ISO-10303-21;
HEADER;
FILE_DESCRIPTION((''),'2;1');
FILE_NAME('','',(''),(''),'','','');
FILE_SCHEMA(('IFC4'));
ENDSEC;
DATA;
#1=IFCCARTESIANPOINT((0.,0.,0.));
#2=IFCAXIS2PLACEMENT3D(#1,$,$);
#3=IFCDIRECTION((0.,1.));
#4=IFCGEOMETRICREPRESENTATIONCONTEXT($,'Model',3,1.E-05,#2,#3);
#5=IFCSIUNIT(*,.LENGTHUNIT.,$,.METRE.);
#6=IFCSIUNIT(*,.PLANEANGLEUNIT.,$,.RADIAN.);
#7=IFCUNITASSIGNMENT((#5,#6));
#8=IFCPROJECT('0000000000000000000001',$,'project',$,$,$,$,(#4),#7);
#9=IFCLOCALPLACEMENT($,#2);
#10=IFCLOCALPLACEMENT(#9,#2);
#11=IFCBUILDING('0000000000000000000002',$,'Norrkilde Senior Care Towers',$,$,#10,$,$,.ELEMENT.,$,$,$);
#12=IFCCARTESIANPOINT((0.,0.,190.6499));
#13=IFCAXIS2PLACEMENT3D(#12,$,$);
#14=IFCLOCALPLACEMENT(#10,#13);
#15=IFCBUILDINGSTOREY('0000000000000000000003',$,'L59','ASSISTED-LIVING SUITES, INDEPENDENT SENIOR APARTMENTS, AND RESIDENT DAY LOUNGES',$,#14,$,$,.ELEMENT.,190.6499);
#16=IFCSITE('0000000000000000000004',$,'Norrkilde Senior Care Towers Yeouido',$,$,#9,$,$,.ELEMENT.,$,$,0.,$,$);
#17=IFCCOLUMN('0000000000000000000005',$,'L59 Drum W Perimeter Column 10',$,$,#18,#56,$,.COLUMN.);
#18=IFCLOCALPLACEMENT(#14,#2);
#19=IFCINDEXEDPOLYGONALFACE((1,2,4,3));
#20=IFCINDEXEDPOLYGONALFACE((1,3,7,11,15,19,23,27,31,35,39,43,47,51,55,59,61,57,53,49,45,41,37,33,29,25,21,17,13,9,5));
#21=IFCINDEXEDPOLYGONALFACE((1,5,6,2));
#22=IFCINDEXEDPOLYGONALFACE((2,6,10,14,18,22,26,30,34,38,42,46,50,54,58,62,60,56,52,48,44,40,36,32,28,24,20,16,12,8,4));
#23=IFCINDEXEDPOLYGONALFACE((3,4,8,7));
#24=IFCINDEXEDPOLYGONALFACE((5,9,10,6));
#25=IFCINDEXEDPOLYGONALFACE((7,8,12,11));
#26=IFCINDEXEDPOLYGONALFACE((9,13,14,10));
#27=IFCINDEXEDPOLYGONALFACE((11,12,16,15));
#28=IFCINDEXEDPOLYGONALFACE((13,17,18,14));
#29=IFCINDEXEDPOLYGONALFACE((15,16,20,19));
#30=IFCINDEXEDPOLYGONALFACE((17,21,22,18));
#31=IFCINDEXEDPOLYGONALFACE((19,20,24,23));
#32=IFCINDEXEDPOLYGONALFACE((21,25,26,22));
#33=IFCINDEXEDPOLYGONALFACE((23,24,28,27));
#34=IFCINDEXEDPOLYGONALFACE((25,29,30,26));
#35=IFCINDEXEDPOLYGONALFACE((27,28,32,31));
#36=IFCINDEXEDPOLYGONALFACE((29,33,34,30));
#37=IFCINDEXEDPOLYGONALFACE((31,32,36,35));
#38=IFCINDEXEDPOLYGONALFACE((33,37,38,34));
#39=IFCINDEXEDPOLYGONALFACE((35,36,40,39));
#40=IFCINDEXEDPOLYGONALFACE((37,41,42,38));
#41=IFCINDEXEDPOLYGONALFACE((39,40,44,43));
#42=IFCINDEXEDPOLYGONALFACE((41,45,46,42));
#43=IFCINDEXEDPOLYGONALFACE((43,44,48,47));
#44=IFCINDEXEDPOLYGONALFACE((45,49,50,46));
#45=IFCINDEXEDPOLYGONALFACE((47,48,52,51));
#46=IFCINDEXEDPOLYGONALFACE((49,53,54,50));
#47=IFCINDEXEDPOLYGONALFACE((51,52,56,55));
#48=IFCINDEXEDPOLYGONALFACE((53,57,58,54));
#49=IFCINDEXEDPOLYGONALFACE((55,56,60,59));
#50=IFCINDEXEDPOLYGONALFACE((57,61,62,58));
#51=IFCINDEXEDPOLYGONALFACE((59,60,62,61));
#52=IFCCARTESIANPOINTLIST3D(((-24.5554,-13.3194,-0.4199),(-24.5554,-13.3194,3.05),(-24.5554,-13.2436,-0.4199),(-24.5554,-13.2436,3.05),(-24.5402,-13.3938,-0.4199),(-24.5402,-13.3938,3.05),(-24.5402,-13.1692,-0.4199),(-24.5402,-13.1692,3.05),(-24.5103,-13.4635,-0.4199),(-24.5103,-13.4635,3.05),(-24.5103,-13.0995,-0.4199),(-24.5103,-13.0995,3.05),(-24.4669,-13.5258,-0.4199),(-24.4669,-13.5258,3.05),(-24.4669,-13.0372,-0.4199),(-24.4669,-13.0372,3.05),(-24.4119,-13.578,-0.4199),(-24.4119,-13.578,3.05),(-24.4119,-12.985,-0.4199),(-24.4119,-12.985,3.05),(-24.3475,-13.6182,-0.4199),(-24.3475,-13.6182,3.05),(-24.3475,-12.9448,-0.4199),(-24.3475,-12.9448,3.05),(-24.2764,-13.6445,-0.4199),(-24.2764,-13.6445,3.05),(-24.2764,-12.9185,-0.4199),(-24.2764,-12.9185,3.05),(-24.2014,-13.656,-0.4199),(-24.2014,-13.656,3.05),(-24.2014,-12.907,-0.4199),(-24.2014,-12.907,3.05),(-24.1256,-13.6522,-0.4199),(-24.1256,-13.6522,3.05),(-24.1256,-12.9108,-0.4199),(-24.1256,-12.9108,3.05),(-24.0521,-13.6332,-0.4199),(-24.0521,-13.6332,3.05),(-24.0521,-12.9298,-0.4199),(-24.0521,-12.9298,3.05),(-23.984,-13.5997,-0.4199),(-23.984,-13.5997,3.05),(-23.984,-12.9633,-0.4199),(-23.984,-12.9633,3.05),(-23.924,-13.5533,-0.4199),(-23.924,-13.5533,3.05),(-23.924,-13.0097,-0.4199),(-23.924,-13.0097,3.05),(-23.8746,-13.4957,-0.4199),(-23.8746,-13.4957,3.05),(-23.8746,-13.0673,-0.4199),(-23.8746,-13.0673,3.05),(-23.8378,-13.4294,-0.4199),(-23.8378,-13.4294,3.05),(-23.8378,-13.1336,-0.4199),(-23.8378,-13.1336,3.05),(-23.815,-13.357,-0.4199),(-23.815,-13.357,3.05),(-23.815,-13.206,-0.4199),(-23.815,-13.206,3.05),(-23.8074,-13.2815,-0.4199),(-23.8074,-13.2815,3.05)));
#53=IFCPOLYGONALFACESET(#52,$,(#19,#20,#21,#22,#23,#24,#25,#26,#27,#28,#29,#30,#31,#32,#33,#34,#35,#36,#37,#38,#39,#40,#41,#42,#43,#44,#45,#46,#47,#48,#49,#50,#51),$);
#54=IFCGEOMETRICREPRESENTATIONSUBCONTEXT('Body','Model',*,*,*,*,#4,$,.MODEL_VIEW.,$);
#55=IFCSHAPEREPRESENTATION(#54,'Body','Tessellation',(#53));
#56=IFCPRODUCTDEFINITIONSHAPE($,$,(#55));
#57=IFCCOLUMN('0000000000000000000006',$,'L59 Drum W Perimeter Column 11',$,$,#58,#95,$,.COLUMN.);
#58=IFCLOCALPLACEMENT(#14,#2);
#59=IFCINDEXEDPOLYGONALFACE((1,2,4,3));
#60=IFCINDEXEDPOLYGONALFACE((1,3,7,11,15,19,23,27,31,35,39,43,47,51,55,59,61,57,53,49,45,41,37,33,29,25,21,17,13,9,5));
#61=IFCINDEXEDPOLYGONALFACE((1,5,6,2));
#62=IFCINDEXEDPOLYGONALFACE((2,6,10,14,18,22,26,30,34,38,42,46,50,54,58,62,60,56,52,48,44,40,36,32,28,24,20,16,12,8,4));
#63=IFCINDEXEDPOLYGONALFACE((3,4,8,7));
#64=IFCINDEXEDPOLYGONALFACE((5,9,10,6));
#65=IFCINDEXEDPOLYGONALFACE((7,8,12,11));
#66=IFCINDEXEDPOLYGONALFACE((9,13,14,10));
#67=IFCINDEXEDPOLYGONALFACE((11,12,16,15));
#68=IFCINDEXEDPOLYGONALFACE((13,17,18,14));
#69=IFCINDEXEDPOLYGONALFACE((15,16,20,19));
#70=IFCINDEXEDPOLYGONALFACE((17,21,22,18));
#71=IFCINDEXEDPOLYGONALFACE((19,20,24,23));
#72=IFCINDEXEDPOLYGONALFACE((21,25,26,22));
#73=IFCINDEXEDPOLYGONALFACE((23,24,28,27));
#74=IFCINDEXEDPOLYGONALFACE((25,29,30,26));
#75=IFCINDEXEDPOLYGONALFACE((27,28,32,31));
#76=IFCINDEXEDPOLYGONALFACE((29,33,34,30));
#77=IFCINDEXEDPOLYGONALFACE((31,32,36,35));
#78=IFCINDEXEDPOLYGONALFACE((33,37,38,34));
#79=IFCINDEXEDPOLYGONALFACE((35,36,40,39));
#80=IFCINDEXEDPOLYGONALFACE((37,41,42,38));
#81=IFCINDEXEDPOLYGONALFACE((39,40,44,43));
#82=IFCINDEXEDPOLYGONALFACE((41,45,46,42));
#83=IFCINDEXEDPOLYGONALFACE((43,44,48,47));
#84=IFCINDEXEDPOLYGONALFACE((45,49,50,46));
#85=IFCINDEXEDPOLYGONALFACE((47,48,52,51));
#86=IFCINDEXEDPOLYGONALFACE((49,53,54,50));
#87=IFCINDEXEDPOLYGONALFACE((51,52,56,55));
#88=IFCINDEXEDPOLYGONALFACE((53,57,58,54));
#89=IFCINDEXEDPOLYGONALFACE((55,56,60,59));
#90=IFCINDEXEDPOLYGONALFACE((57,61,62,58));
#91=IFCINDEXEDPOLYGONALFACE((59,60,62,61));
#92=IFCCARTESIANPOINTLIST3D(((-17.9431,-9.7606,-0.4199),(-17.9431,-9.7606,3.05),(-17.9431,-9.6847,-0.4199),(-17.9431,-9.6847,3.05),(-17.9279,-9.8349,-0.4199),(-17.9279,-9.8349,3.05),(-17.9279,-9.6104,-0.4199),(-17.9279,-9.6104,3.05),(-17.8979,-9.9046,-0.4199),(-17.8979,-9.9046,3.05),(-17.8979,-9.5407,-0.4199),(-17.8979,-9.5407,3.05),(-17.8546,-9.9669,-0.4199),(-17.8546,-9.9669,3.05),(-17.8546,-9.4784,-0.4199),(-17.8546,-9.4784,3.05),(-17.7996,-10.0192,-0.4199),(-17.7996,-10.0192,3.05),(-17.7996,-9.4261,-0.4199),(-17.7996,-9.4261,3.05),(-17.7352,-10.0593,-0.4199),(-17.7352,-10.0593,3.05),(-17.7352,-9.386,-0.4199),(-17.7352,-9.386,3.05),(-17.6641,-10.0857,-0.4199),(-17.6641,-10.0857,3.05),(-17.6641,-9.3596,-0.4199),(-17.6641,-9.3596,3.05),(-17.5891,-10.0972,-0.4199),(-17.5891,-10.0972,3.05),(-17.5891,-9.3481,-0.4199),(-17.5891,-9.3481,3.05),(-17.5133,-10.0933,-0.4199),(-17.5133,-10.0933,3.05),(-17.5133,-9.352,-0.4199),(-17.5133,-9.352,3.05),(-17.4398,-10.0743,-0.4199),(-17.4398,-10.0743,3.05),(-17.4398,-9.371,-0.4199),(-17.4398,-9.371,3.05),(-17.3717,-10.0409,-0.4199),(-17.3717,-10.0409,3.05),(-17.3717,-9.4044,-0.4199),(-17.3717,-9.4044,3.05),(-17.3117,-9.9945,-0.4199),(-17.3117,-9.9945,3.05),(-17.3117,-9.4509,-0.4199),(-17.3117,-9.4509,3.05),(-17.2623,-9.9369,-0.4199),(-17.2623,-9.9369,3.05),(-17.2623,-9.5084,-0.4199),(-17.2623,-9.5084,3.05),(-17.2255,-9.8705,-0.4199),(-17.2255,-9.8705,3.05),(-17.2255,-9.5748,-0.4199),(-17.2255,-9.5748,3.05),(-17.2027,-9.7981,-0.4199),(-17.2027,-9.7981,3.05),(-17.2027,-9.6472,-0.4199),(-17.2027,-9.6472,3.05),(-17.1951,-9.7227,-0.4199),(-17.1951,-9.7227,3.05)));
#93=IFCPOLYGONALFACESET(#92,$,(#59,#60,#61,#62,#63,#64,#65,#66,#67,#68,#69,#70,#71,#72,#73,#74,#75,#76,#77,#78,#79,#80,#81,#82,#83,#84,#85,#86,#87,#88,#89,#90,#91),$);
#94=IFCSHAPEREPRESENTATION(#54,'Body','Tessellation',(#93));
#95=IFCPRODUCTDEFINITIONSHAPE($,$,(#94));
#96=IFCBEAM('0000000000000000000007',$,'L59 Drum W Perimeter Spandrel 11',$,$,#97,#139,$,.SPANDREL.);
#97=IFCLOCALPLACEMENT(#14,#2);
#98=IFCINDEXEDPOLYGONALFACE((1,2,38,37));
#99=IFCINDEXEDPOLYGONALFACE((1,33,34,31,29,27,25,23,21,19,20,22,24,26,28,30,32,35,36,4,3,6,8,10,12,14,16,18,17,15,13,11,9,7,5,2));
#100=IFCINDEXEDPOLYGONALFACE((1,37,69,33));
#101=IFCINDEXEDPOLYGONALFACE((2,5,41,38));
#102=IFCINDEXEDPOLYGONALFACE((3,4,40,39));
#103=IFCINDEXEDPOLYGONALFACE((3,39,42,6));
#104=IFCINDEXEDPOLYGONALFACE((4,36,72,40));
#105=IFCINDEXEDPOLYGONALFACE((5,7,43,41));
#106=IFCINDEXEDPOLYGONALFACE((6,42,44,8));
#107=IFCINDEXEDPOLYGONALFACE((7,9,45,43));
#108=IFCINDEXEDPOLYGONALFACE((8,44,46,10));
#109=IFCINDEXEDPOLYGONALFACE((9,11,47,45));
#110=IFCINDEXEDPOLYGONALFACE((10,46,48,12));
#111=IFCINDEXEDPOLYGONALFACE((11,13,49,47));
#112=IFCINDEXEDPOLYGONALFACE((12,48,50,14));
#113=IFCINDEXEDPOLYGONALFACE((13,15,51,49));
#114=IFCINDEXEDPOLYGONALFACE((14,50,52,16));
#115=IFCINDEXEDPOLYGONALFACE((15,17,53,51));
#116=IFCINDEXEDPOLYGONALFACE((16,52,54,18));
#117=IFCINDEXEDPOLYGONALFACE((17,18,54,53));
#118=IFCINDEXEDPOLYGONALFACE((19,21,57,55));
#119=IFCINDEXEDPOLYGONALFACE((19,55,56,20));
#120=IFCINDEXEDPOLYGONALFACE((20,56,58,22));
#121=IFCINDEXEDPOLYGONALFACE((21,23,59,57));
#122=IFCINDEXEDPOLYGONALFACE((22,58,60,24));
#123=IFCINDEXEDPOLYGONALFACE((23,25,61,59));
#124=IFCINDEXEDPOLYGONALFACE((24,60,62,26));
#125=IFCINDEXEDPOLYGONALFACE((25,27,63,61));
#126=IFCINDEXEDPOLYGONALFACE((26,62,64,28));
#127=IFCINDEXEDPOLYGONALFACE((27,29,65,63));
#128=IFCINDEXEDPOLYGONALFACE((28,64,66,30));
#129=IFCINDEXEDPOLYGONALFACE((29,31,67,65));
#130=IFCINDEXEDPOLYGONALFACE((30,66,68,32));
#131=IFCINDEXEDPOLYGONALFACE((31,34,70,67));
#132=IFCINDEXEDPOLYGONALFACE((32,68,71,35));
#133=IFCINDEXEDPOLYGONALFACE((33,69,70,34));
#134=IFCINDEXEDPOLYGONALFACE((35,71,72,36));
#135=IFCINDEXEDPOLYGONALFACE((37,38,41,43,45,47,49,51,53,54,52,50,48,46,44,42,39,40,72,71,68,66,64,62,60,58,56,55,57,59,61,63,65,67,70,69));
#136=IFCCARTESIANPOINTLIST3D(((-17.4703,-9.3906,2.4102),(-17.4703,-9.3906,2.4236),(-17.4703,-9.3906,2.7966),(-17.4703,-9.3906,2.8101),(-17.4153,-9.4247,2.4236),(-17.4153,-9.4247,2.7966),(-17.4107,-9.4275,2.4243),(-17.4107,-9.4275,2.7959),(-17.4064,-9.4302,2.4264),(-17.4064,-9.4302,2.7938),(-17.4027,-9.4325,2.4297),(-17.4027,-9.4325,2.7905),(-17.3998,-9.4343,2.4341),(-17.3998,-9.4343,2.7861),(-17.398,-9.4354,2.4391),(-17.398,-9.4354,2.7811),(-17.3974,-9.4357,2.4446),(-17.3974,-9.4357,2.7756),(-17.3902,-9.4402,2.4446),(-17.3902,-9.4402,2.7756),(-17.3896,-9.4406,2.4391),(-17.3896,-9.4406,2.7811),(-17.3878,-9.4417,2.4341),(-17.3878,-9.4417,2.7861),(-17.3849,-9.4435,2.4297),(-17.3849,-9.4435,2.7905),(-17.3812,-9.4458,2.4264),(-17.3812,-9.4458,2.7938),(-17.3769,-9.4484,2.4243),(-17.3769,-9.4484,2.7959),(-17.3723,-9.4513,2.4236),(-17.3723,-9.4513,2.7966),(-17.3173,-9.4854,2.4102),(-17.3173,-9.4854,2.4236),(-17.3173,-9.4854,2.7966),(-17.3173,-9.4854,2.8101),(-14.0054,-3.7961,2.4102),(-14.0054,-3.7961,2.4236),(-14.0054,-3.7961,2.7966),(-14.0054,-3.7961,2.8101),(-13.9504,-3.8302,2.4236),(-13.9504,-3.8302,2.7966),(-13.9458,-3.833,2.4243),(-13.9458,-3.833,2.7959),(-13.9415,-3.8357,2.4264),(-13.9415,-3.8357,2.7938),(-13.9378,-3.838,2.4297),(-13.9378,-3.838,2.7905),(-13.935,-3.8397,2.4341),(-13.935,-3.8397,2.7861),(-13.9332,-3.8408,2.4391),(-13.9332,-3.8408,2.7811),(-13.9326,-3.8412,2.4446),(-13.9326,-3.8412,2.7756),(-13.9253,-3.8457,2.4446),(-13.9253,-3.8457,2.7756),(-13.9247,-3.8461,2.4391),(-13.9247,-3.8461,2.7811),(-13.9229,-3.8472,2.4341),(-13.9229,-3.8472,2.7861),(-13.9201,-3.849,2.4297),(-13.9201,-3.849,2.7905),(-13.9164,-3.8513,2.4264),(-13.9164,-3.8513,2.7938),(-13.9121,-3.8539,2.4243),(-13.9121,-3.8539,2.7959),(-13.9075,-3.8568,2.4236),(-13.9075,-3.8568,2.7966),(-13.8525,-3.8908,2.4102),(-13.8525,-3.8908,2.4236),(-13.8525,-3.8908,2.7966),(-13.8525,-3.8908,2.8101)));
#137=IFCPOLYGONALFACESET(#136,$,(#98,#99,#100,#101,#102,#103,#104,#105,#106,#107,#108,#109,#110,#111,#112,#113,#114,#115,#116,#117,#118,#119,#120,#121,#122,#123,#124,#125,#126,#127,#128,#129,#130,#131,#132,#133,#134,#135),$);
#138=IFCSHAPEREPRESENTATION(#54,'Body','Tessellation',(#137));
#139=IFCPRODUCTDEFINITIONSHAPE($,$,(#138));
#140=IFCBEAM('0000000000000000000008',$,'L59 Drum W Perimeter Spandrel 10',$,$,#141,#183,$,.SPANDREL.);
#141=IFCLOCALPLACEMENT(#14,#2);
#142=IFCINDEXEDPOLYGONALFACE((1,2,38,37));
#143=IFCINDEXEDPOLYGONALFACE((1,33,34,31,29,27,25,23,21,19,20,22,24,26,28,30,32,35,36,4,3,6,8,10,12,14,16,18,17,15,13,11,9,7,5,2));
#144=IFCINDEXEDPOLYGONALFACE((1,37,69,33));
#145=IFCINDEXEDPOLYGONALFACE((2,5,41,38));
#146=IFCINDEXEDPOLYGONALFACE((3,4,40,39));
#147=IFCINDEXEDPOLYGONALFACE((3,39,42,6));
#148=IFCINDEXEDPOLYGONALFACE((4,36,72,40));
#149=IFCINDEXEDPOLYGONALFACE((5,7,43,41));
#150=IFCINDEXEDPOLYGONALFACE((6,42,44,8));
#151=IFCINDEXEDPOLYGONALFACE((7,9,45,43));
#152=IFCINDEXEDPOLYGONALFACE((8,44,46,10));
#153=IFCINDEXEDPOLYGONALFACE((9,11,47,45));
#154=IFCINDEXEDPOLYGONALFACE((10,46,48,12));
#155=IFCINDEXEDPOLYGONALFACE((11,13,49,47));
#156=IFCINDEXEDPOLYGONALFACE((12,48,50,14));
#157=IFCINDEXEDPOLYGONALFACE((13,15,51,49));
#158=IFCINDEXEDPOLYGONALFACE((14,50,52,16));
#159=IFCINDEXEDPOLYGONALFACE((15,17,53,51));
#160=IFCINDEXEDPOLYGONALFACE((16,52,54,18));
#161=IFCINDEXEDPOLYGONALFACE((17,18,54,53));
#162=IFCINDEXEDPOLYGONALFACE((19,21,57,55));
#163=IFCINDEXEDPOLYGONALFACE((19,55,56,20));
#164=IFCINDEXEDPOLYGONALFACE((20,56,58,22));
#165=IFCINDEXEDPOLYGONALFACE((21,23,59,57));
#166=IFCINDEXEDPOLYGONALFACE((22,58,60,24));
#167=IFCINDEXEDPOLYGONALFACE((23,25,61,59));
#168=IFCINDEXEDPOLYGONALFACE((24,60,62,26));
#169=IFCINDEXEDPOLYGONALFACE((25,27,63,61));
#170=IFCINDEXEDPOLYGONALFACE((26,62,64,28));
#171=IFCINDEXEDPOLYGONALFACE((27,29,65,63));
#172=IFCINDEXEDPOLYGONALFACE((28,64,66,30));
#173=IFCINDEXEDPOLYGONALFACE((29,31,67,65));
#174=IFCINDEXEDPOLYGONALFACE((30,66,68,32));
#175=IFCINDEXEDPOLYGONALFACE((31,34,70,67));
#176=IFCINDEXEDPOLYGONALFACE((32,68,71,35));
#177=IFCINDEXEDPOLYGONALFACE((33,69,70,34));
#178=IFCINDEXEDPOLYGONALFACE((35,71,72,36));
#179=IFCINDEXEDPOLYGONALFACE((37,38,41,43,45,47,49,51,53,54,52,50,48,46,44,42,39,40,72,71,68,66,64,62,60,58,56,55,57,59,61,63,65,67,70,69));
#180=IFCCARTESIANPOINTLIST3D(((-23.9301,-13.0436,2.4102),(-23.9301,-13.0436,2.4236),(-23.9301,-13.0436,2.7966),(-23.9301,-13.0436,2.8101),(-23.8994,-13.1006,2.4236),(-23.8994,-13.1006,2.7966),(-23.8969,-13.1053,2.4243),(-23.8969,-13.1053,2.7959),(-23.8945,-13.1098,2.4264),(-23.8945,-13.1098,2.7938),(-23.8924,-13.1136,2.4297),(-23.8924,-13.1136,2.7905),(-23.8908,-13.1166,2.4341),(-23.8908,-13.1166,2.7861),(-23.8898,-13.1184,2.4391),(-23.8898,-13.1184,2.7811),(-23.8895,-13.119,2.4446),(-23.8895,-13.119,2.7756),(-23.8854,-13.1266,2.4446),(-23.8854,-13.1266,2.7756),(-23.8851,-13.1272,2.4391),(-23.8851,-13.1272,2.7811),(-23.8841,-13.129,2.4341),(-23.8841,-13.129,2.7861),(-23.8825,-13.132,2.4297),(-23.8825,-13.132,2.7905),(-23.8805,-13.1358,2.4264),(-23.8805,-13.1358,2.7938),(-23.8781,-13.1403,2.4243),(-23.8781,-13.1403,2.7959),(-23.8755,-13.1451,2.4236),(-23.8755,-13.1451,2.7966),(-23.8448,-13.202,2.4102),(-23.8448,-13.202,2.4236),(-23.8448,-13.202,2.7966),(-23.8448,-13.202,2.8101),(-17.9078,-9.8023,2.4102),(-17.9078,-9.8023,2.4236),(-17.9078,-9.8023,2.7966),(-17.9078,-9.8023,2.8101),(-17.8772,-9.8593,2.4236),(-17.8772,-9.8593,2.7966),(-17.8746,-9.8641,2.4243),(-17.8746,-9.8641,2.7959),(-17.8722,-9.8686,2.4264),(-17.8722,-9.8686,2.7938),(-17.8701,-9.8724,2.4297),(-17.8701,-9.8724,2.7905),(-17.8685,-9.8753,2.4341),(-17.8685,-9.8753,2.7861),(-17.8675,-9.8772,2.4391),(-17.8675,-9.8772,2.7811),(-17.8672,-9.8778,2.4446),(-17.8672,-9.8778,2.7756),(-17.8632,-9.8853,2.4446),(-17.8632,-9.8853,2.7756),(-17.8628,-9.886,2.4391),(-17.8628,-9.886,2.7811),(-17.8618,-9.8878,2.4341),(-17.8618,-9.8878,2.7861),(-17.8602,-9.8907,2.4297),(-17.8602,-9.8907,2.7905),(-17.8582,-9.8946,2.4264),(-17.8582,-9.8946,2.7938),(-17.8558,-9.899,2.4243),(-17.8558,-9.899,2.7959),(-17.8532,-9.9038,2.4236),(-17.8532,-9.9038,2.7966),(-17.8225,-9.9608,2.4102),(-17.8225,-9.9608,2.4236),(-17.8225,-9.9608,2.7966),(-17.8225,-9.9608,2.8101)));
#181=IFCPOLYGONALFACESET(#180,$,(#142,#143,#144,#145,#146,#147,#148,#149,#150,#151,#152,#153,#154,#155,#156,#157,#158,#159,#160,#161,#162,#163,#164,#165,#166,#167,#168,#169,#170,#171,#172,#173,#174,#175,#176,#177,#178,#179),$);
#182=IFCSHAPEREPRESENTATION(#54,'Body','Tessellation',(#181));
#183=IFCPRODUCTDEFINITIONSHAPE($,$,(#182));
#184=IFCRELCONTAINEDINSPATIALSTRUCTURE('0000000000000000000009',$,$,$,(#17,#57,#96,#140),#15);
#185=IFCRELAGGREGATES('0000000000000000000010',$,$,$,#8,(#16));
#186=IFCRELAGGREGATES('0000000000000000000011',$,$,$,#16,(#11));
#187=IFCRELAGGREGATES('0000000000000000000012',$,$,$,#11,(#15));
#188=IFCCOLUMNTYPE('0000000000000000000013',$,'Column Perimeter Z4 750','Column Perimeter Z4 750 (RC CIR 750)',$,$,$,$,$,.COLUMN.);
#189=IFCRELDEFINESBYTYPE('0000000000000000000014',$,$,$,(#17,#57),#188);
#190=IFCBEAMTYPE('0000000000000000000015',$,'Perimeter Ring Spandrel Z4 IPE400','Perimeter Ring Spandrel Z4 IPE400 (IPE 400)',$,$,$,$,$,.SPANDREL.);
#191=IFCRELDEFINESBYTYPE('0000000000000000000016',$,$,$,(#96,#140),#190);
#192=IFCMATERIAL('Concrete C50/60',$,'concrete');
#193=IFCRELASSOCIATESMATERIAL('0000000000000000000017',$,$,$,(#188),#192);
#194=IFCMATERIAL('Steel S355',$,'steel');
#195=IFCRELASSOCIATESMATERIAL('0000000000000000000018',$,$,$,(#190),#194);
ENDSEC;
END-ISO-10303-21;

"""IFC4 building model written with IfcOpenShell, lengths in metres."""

from ifc_helpers import new_model, si_unit, direction, frame, origin, origin_2d, place, context, subcontext, project, spatial, circle, i_section, extrude, source, transform, mapped, material, material_profile, profile_set, type_object, type_shapes, element, save


model = new_model("IFC4")

# Units and contexts
model_context = context("Model", 3, precision=1e-05, world=origin(), true_north=direction((0.0, 1.0)))
body_context = subcontext(model_context, "Body", "Model", "MODEL_VIEW")
ifc_project = project(units=[si_unit("LENGTHUNIT", "METRE"), si_unit("PLANEANGLEUNIT", "RADIAN")], contexts=[model_context])

# Site, building, storey
site_placement = place(None, origin())
site = spatial("IfcSite", under=ifc_project, at=site_placement, Name="Norrkilde Senior Care Towers Yeouido", CompositionType="ELEMENT", RefElevation=0.0)
building_placement = place(site_placement, origin())
building = spatial("IfcBuilding", under=site, at=building_placement, Name="Norrkilde Senior Care Towers", CompositionType="ELEMENT")
storey_placement = place(building_placement, frame((0.0, 0.0, 190.6499)))
storey = spatial("IfcBuildingStorey", under=building, at=storey_placement, Name="L59", Description="ASSISTED-LIVING SUITES, INDEPENDENT SENIOR APARTMENTS, AND RESIDENT DAY LOUNGES", CompositionType="ELEMENT", Elevation=190.6499)

# Columns
ifc_material_1 = material(Name="Concrete C50/60", Category="concrete")
ifc_material_profile_1 = material_profile(ifc_material_1, circle(Radius=0.375, at=origin_2d()), Name="RC CIR 750")
ifc_profile_set_1 = profile_set([ifc_material_profile_1], Name="Concrete C50/60")
column_type = type_object("IfcColumnType", Name="Column Perimeter Z4 750", Description="Column Perimeter Z4 750 (RC CIR 750)", PredefinedType="COLUMN", material=ifc_profile_set_1)
shared_shape_1 = source(origin(), body_context, "Body", "SweptSolid", [
    extrude(circle(Radius=0.375, at=origin_2d()), origin(), (0.0, 0.0, 1.0), 3.47),
])
type_shapes(column_type, [shared_shape_1])
for number, where, z_axis, x_axis, name in (
    (1, (-24.1824, -13.2815, -0.4199), (0.0, 0.0, 1.0), (1.0, 0.0, 0.0), "L59 Drum W Perimeter Column 10"),
    (2, (-17.5701, -9.7227, -0.4199), (0.0, 0.0, 1.0), (1.0, 0.0, 0.0), "L59 Drum W Perimeter Column 11"),
):
    element("IfcColumn", number, at=place(storey_placement, frame(where, z_axis=z_axis, x_axis=x_axis)), inside=storey, type_object=column_type, Name=name, PredefinedType="COLUMN", context=body_context, shape_type="MappedRepresentation", body=[
        mapped(shared_shape_1, transform((0.0, 0.0, 0.0), x_axis=(1.0, 0.0, 0.0), y_axis=(0.0, 1.0, 0.0), z_axis=(0.0, 0.0, 1.0), scale=1.0)),
    ])

# Beams
ifc_material_2 = material(Name="Steel S355", Category="steel")
ifc_material_profile_2 = material_profile(ifc_material_2, i_section(OverallWidth=0.1799, OverallDepth=0.3999, WebThickness=0.0085, FlangeThickness=0.0134, FilletRadius=0.021, at=origin_2d()), Name="IPE 400")
ifc_profile_set_2 = profile_set([ifc_material_profile_2], Name="Steel S355")
beam_type_1 = type_object("IfcBeamType", Name="Perimeter Ring Spandrel Z4 IPE400", Description="Perimeter Ring Spandrel Z4 IPE400 (IPE 400)", PredefinedType="SPANDREL", material=ifc_profile_set_2)
shared_shape_2 = source(origin(), body_context, "Body", "SweptSolid", [
    extrude(i_section(OverallWidth=0.1799, OverallDepth=0.3999, WebThickness=0.0085, FlangeThickness=0.0134, FilletRadius=0.021, at=origin_2d()), origin(), (0.0, 0.0, 1.0), 6.5806),
])
beam_1_placement = place(storey_placement, frame((-17.3938, -9.438, 2.6101), z_axis=(0.52653, 0.850157, 0.0), x_axis=(-0.850157, 0.52653, 0.0)))
element("IfcBeam", 3, at=beam_1_placement, inside=storey, type_object=beam_type_1, Name="L59 Drum W Perimeter Spandrel 11", PredefinedType="SPANDREL", context=body_context, shape_type="MappedRepresentation", body=[
    mapped(shared_shape_2, transform((0.0, 0.0, 0.0), x_axis=(1.0, 0.0, 0.0), y_axis=(0.0, 1.0, 0.0), z_axis=(0.0, 0.0, 1.0), scale=1.0)),
])
shared_shape_3 = source(origin(), body_context, "Body", "SweptSolid", [
    extrude(i_section(OverallWidth=0.1799, OverallDepth=0.3999, WebThickness=0.0085, FlangeThickness=0.0134, FilletRadius=0.021, at=origin_2d()), origin(), (0.0, 0.0, 1.0), 6.8391),
])
type_shapes(beam_type_1, [shared_shape_2, shared_shape_3])
beam_2_placement = place(storey_placement, frame((-23.8875, -13.1228, 2.6101), z_axis=(0.880564, 0.473927, 0.0), x_axis=(-0.473927, 0.880564, 0.0)))
element("IfcBeam", 4, at=beam_2_placement, inside=storey, type_object=beam_type_1, Name="L59 Drum W Perimeter Spandrel 10", PredefinedType="SPANDREL", context=body_context, shape_type="MappedRepresentation", body=[
    mapped(shared_shape_3, transform((0.0, 0.0, 0.0), x_axis=(1.0, 0.0, 0.0), y_axis=(0.0, 1.0, 0.0), z_axis=(0.0, 0.0, 1.0), scale=1.0)),
])

save(model, "model.ifc")
